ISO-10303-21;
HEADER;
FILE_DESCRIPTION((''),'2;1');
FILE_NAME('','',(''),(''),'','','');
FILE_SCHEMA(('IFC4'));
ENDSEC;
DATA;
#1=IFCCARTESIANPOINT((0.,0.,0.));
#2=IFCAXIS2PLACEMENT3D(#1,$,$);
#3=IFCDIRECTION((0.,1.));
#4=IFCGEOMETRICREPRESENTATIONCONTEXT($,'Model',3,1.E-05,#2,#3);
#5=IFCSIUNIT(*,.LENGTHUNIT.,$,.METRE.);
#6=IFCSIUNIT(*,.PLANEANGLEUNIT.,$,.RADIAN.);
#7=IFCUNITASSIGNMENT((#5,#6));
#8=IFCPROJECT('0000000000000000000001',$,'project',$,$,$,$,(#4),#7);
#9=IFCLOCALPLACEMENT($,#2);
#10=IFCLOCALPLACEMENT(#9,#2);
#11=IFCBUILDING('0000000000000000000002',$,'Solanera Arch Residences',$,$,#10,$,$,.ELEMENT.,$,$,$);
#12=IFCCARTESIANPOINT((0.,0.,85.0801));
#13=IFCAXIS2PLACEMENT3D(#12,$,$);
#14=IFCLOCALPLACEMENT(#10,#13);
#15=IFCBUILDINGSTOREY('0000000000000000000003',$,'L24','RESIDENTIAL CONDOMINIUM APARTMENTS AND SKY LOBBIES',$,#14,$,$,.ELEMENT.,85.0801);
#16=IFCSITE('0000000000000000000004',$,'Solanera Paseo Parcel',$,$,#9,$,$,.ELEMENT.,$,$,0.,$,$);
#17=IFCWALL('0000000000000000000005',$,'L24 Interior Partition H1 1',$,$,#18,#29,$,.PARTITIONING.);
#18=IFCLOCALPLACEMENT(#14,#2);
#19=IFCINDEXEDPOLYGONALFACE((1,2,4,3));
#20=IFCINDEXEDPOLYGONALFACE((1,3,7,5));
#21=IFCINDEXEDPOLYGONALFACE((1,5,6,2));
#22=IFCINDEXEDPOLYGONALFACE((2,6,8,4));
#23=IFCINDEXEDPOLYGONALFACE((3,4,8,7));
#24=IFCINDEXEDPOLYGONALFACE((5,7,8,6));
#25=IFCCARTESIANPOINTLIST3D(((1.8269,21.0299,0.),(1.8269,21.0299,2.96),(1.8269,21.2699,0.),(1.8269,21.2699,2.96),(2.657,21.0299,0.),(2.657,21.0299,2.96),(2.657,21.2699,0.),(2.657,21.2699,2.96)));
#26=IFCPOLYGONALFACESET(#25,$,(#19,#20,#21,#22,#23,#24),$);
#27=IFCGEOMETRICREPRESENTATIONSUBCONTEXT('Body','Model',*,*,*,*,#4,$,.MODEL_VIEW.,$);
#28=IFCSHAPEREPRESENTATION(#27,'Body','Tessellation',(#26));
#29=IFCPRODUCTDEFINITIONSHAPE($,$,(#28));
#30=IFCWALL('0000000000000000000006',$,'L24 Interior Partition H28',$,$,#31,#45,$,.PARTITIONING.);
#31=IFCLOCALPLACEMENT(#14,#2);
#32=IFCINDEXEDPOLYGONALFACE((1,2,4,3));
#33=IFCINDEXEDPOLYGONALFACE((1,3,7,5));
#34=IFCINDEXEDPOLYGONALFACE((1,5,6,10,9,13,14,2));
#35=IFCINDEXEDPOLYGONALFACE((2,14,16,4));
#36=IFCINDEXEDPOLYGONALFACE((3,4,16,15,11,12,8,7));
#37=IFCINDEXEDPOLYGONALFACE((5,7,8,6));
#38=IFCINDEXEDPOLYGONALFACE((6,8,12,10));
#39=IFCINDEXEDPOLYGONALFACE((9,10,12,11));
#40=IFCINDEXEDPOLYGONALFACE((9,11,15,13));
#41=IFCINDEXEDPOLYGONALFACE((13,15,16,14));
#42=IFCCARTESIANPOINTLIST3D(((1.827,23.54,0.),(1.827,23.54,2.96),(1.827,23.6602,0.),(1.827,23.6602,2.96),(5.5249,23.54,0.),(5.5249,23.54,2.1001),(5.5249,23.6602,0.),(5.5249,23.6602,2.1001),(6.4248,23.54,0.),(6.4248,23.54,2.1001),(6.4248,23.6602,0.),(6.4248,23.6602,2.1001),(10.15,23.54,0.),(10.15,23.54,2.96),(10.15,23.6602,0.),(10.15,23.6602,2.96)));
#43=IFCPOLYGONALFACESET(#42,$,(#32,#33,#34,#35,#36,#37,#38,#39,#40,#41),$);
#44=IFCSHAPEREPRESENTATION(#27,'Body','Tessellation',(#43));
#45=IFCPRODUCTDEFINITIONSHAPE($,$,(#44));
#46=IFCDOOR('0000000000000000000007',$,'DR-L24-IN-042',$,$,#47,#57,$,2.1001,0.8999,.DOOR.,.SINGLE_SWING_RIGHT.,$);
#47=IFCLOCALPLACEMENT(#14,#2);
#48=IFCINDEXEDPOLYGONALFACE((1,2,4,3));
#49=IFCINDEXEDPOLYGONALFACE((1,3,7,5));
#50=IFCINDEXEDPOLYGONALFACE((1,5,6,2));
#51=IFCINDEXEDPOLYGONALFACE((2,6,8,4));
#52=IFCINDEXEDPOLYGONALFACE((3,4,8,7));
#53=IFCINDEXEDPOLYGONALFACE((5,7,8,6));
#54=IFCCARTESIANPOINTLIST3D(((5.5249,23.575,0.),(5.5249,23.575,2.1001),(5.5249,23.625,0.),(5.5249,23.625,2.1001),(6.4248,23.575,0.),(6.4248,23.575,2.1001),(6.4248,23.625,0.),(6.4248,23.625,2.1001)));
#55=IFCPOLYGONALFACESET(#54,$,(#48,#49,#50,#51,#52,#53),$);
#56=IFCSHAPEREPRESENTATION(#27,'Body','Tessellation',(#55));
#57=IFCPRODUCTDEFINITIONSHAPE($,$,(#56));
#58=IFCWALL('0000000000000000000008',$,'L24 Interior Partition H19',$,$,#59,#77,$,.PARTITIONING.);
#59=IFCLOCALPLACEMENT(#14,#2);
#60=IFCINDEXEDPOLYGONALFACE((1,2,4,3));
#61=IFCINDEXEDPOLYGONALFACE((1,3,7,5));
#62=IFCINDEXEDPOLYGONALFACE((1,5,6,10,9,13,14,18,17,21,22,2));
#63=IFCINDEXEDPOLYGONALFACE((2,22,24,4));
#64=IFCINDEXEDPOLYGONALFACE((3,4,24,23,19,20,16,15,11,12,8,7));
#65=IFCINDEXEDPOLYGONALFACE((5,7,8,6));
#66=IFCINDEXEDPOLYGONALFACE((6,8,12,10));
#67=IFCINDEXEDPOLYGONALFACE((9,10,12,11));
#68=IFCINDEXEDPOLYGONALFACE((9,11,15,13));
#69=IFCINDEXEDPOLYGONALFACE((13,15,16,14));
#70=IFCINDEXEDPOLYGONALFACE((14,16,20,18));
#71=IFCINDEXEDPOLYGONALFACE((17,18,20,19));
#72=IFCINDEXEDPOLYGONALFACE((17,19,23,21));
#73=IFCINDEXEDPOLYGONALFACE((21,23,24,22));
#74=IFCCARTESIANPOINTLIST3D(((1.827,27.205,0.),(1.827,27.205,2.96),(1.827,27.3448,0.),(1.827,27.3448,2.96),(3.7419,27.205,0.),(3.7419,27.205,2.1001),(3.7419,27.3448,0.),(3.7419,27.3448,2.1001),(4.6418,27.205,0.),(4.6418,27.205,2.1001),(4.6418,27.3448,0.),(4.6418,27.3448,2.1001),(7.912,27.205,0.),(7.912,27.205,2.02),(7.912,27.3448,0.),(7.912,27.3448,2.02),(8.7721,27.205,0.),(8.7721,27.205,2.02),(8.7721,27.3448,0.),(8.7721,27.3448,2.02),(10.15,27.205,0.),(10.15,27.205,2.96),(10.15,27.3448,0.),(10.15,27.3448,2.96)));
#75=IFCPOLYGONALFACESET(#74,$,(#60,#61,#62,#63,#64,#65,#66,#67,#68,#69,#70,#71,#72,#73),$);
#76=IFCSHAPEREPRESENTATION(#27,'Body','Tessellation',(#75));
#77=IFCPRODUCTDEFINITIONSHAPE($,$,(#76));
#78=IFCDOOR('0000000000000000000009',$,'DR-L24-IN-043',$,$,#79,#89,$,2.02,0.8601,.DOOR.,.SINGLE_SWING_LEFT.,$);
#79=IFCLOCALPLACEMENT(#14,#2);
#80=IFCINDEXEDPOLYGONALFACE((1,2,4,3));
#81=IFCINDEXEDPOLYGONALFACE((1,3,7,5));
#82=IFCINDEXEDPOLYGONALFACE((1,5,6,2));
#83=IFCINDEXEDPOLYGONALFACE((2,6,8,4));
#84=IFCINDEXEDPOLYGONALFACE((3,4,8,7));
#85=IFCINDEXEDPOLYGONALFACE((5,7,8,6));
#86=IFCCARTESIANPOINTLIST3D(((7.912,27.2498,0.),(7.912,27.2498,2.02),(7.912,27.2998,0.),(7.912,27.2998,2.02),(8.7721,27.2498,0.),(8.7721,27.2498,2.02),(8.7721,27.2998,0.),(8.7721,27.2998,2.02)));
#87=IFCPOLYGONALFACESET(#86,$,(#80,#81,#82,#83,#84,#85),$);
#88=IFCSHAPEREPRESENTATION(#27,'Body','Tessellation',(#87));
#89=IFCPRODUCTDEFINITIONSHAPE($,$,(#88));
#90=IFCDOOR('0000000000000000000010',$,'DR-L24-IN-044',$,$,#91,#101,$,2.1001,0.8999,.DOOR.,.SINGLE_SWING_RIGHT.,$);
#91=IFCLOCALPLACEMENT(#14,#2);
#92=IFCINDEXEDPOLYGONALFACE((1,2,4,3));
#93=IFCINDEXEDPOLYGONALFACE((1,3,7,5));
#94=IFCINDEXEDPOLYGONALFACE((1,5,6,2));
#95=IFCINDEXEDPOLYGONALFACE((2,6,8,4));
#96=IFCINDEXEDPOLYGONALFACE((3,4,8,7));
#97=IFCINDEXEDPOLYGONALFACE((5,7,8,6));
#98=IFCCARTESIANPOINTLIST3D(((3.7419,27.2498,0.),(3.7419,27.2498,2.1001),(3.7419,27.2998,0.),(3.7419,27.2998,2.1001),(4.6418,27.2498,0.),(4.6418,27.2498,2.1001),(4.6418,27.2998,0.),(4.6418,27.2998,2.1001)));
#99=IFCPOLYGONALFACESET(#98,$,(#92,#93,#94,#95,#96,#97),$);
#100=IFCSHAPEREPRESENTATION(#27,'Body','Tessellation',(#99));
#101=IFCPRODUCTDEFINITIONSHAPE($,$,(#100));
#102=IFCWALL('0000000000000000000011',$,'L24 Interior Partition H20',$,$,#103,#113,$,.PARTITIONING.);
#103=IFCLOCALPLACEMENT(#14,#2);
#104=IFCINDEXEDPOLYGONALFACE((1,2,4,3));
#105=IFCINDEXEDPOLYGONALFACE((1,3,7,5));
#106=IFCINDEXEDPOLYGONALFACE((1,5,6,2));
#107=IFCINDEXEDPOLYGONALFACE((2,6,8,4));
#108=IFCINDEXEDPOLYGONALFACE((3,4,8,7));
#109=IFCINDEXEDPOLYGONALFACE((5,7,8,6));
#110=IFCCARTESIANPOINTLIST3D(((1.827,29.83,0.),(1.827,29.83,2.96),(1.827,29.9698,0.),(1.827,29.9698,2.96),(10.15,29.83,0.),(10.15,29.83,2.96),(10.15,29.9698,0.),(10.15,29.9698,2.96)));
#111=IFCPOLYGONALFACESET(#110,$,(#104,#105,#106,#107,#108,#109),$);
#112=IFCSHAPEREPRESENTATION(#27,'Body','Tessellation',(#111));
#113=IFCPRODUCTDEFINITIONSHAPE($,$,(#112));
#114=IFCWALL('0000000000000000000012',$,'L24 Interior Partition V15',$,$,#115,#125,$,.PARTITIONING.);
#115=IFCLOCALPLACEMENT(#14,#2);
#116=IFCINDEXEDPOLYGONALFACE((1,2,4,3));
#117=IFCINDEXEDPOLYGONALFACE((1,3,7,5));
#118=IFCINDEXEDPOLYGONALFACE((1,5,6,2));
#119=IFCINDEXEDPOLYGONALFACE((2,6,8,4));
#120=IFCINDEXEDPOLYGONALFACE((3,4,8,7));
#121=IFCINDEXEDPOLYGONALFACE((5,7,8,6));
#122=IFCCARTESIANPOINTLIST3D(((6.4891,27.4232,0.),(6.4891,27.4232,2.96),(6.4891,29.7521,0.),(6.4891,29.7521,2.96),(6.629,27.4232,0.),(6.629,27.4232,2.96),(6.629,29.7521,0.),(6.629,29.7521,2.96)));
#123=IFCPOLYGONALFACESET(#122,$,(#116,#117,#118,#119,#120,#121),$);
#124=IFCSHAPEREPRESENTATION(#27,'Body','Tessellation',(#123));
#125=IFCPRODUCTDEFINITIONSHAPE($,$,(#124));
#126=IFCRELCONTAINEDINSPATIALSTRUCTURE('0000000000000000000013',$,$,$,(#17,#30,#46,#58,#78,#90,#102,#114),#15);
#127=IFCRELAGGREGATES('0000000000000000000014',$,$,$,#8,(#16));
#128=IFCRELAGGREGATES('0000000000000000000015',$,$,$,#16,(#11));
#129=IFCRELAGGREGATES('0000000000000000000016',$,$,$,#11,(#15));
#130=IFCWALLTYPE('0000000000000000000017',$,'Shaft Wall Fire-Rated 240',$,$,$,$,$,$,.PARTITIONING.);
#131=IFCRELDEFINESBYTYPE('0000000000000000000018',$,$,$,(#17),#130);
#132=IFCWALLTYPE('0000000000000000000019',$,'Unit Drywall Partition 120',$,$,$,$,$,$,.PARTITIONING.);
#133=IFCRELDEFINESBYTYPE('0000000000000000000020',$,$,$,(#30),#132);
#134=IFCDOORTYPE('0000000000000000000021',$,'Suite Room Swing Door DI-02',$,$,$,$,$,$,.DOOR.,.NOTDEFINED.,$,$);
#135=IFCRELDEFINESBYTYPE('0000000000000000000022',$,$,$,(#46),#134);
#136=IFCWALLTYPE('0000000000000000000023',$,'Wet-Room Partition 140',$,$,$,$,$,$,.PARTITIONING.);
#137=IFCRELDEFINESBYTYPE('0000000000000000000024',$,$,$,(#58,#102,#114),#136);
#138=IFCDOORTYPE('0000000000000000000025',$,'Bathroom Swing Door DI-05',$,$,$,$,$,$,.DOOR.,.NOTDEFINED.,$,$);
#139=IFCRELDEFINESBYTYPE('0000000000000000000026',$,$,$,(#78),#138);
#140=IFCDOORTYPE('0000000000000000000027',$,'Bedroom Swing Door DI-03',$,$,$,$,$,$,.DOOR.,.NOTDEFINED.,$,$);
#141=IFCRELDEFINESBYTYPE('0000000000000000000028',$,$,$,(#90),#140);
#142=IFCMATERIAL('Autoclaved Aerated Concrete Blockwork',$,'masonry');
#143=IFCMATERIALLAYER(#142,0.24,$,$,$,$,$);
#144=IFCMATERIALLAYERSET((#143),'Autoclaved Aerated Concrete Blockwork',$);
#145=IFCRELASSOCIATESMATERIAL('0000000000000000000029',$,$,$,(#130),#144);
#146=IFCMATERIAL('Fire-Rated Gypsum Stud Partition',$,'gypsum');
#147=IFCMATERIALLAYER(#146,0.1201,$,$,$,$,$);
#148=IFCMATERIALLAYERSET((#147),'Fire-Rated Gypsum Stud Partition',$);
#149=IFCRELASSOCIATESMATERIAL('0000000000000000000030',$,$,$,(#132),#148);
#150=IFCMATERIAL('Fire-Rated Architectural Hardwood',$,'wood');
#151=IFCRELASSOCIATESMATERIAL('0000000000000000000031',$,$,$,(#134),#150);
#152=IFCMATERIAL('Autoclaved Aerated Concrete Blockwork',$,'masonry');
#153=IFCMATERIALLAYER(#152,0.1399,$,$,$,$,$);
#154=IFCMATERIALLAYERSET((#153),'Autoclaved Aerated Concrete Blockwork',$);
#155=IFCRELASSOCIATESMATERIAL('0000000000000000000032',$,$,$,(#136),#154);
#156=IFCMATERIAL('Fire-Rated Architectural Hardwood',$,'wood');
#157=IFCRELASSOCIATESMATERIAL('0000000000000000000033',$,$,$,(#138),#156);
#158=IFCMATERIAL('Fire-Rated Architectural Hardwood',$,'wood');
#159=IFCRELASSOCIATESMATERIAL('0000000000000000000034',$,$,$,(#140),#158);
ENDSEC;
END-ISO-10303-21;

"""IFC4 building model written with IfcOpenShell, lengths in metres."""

from ifc_helpers import new_model, si_unit, direction, frame, frame_2d, origin, place, context, subcontext, project, spatial, rectangle, extrude, material, layer, layer_set, type_object, element, fill, save


model = new_model("IFC4")

# Units and contexts
model_context = context("Model", 3, precision=1e-05, world=origin(), true_north=direction((0.0, 1.0)))
body_context = subcontext(model_context, "Body", "Model", "MODEL_VIEW")
ifc_project = project(units=[si_unit("LENGTHUNIT", "METRE"), si_unit("PLANEANGLEUNIT", "RADIAN")], contexts=[model_context])

# Site, building, storey
site_placement = place(None, origin())
site = spatial("IfcSite", under=ifc_project, at=site_placement, Name="Solanera Paseo Parcel", CompositionType="ELEMENT", RefElevation=0.0)
building_placement = place(site_placement, origin())
building = spatial("IfcBuilding", under=site, at=building_placement, Name="Solanera Arch Residences", CompositionType="ELEMENT")
storey_placement = place(building_placement, frame((0.0, 0.0, 85.0801)))
storey = spatial("IfcBuildingStorey", under=building, at=storey_placement, Name="L24", Description="RESIDENTIAL CONDOMINIUM APARTMENTS AND SKY LOBBIES", CompositionType="ELEMENT", Elevation=85.0801)

# Wall
ifc_material_1 = material(Name="Autoclaved Aerated Concrete Blockwork", Category="masonry")
ifc_layer_1 = layer(ifc_material_1, 0.24)
ifc_layer_set_1 = layer_set([ifc_layer_1], Name="Autoclaved Aerated Concrete Blockwork")
wall_type_1 = type_object("IfcWallType", Name="Shaft Wall Fire-Rated 240", PredefinedType="PARTITIONING", material=ifc_layer_set_1)
wall_1_placement = place(storey_placement, frame((1.8269, 21.1499, 0.0), z_axis=(0.0, 0.0, 1.0), x_axis=(1.0, 0.0, 0.0)))
element("IfcWall", 1, at=wall_1_placement, inside=storey, type_object=wall_type_1, Name="L24 Interior Partition H1 1", PredefinedType="PARTITIONING", context=body_context, shape_type="SweptSolid", body=[
    extrude(rectangle(XDim=0.8301, YDim=0.24, at=frame_2d((0.415, 0.0))), origin(), (0.0, 0.0, 1.0), 2.96),
])

# Wall, opening, door
ifc_material_2 = material(Name="Fire-Rated Gypsum Stud Partition", Category="gypsum")
ifc_layer_2 = layer(ifc_material_2, 0.1201)
ifc_layer_set_2 = layer_set([ifc_layer_2], Name="Fire-Rated Gypsum Stud Partition")
wall_type_2 = type_object("IfcWallType", Name="Unit Drywall Partition 120", PredefinedType="PARTITIONING", material=ifc_layer_set_2)
wall_2_placement = place(storey_placement, frame((1.8269, 23.6001, 0.0), z_axis=(0.0, 0.0, 1.0), x_axis=(1.0, 0.0, 0.0)))
wall_2 = element("IfcWall", 2, at=wall_2_placement, inside=storey, type_object=wall_type_2, Name="L24 Interior Partition H28", PredefinedType="PARTITIONING", context=body_context, shape_type="SweptSolid", body=[
    extrude(rectangle(XDim=8.323, YDim=0.1201, at=frame_2d((4.1616, 0.0))), origin(), (0.0, 0.0, 1.0), 2.96),
])
opening_1_placement = place(wall_2_placement, frame((3.698, 0.0, 0.0)))
opening_1 = element("IfcOpeningElement", 3, at=opening_1_placement, cuts=wall_2, PredefinedType="OPENING", context=body_context, shape_type="SweptSolid", body=[
    extrude(rectangle(XDim=0.8999, YDim=2.1001, at=frame_2d((0.45, 1.05))), frame((0.0, 0.0701, 0.0), z_axis=(0.0, -1.0, 0.0), x_axis=(1.0, 0.0, 0.0)), (0.0, 0.0, 1.0), 0.1401),
])
ifc_material_3 = material(Name="Fire-Rated Architectural Hardwood", Category="wood")
door_type_1 = type_object("IfcDoorType", Name="Suite Room Swing Door DI-02", OperationType="NOTDEFINED", PredefinedType="DOOR", material=ifc_material_3)
door_1_placement = place(opening_1_placement, origin())
door_1 = element("IfcDoor", 4, at=door_1_placement, inside=storey, type_object=door_type_1, Name="DR-L24-IN-042", OperationType="SINGLE_SWING_RIGHT", OverallHeight=2.1001, OverallWidth=0.8999, PredefinedType="DOOR", context=body_context, shape_type="SweptSolid", body=[
    extrude(rectangle(XDim=0.8999, YDim=2.1001, at=frame_2d((0.45, 1.05))), frame((0.0, 0.0249, 0.0), z_axis=(0.0, -1.0, 0.0), x_axis=(1.0, 0.0, 0.0)), (0.0, 0.0, 1.0), 0.05),
])
fill(opening_1, door_1)

# Wall, openings, doors
ifc_material_4 = material(Name="Autoclaved Aerated Concrete Blockwork", Category="masonry")
ifc_layer_3 = layer(ifc_material_4, 0.1399)
ifc_layer_set_3 = layer_set([ifc_layer_3], Name="Autoclaved Aerated Concrete Blockwork")
wall_type_3 = type_object("IfcWallType", Name="Wet-Room Partition 140", PredefinedType="PARTITIONING", material=ifc_layer_set_3)
wall_3_placement = place(storey_placement, frame((1.8269, 27.2749, 0.0), z_axis=(0.0, 0.0, 1.0), x_axis=(1.0, 0.0, 0.0)))
wall_3 = element("IfcWall", 5, at=wall_3_placement, inside=storey, type_object=wall_type_3, Name="L24 Interior Partition H19", PredefinedType="PARTITIONING", context=body_context, shape_type="SweptSolid", body=[
    extrude(rectangle(XDim=8.323, YDim=0.1399, at=frame_2d((4.1616, 0.0))), origin(), (0.0, 0.0, 1.0), 2.96),
])
opening_2_placement = place(wall_3_placement, frame((6.085, 0.0, 0.0)))
opening_2 = element("IfcOpeningElement", 6, at=opening_2_placement, cuts=wall_3, PredefinedType="OPENING", context=body_context, shape_type="SweptSolid", body=[
    extrude(rectangle(XDim=0.8601, YDim=2.02, at=frame_2d((0.4302, 1.01))), frame((0.0, 0.0798, 0.0), z_axis=(0.0, -1.0, 0.0), x_axis=(1.0, 0.0, 0.0)), (0.0, 0.0, 1.0), 0.1599),
])
opening_3_placement = place(wall_3_placement, frame((1.915, 0.0, 0.0)))
opening_3 = element("IfcOpeningElement", 7, at=opening_3_placement, cuts=wall_3, PredefinedType="OPENING", context=body_context, shape_type="SweptSolid", body=[
    extrude(rectangle(XDim=0.8999, YDim=2.1001, at=frame_2d((0.45, 1.05))), frame((0.0, 0.0798, 0.0), z_axis=(0.0, -1.0, 0.0), x_axis=(1.0, 0.0, 0.0)), (0.0, 0.0, 1.0), 0.1599),
])
ifc_material_5 = material(Name="Fire-Rated Architectural Hardwood", Category="wood")
door_type_2 = type_object("IfcDoorType", Name="Bathroom Swing Door DI-05", OperationType="NOTDEFINED", PredefinedType="DOOR", material=ifc_material_5)
door_2_placement = place(opening_2_placement, origin())
door_2 = element("IfcDoor", 8, at=door_2_placement, inside=storey, type_object=door_type_2, Name="DR-L24-IN-043", OperationType="SINGLE_SWING_LEFT", OverallHeight=2.02, OverallWidth=0.8601, PredefinedType="DOOR", context=body_context, shape_type="SweptSolid", body=[
    extrude(rectangle(XDim=0.8601, YDim=2.02, at=frame_2d((0.4302, 1.01))), frame((0.0, 0.0249, 0.0), z_axis=(0.0, -1.0, 0.0), x_axis=(1.0, 0.0, 0.0)), (0.0, 0.0, 1.0), 0.05),
])
fill(opening_2, door_2)
ifc_material_6 = material(Name="Fire-Rated Architectural Hardwood", Category="wood")
door_type_3 = type_object("IfcDoorType", Name="Bedroom Swing Door DI-03", OperationType="NOTDEFINED", PredefinedType="DOOR", material=ifc_material_6)
door_3_placement = place(opening_3_placement, origin())
door_3 = element("IfcDoor", 9, at=door_3_placement, inside=storey, type_object=door_type_3, Name="DR-L24-IN-044", OperationType="SINGLE_SWING_RIGHT", OverallHeight=2.1001, OverallWidth=0.8999, PredefinedType="DOOR", context=body_context, shape_type="SweptSolid", body=[
    extrude(rectangle(XDim=0.8999, YDim=2.1001, at=frame_2d((0.45, 1.05))), frame((0.0, 0.0249, 0.0), z_axis=(0.0, -1.0, 0.0), x_axis=(1.0, 0.0, 0.0)), (0.0, 0.0, 1.0), 0.05),
])
fill(opening_3, door_3)

# Walls
wall_4_placement = place(storey_placement, frame((1.8269, 29.8999, 0.0), z_axis=(0.0, 0.0, 1.0), x_axis=(1.0, 0.0, 0.0)))
element("IfcWall", 10, at=wall_4_placement, inside=storey, type_object=wall_type_3, Name="L24 Interior Partition H20", PredefinedType="PARTITIONING", context=body_context, shape_type="SweptSolid", body=[
    extrude(rectangle(XDim=8.323, YDim=0.1399, at=frame_2d((4.1616, 0.0))), origin(), (0.0, 0.0, 1.0), 2.96),
])
wall_5_placement = place(storey_placement, frame((6.5591, 27.4231, 0.0), z_axis=(0.0, 0.0, 1.0), x_axis=(0.0, 1.0, 0.0)))
element("IfcWall", 11, at=wall_5_placement, inside=storey, type_object=wall_type_3, Name="L24 Interior Partition V15", PredefinedType="PARTITIONING", context=body_context, shape_type="SweptSolid", body=[
    extrude(rectangle(XDim=2.3289, YDim=0.1399, at=frame_2d((1.1646, 0.0))), origin(), (0.0, 0.0, 1.0), 2.96),
])

save(model, "model.ifc")
